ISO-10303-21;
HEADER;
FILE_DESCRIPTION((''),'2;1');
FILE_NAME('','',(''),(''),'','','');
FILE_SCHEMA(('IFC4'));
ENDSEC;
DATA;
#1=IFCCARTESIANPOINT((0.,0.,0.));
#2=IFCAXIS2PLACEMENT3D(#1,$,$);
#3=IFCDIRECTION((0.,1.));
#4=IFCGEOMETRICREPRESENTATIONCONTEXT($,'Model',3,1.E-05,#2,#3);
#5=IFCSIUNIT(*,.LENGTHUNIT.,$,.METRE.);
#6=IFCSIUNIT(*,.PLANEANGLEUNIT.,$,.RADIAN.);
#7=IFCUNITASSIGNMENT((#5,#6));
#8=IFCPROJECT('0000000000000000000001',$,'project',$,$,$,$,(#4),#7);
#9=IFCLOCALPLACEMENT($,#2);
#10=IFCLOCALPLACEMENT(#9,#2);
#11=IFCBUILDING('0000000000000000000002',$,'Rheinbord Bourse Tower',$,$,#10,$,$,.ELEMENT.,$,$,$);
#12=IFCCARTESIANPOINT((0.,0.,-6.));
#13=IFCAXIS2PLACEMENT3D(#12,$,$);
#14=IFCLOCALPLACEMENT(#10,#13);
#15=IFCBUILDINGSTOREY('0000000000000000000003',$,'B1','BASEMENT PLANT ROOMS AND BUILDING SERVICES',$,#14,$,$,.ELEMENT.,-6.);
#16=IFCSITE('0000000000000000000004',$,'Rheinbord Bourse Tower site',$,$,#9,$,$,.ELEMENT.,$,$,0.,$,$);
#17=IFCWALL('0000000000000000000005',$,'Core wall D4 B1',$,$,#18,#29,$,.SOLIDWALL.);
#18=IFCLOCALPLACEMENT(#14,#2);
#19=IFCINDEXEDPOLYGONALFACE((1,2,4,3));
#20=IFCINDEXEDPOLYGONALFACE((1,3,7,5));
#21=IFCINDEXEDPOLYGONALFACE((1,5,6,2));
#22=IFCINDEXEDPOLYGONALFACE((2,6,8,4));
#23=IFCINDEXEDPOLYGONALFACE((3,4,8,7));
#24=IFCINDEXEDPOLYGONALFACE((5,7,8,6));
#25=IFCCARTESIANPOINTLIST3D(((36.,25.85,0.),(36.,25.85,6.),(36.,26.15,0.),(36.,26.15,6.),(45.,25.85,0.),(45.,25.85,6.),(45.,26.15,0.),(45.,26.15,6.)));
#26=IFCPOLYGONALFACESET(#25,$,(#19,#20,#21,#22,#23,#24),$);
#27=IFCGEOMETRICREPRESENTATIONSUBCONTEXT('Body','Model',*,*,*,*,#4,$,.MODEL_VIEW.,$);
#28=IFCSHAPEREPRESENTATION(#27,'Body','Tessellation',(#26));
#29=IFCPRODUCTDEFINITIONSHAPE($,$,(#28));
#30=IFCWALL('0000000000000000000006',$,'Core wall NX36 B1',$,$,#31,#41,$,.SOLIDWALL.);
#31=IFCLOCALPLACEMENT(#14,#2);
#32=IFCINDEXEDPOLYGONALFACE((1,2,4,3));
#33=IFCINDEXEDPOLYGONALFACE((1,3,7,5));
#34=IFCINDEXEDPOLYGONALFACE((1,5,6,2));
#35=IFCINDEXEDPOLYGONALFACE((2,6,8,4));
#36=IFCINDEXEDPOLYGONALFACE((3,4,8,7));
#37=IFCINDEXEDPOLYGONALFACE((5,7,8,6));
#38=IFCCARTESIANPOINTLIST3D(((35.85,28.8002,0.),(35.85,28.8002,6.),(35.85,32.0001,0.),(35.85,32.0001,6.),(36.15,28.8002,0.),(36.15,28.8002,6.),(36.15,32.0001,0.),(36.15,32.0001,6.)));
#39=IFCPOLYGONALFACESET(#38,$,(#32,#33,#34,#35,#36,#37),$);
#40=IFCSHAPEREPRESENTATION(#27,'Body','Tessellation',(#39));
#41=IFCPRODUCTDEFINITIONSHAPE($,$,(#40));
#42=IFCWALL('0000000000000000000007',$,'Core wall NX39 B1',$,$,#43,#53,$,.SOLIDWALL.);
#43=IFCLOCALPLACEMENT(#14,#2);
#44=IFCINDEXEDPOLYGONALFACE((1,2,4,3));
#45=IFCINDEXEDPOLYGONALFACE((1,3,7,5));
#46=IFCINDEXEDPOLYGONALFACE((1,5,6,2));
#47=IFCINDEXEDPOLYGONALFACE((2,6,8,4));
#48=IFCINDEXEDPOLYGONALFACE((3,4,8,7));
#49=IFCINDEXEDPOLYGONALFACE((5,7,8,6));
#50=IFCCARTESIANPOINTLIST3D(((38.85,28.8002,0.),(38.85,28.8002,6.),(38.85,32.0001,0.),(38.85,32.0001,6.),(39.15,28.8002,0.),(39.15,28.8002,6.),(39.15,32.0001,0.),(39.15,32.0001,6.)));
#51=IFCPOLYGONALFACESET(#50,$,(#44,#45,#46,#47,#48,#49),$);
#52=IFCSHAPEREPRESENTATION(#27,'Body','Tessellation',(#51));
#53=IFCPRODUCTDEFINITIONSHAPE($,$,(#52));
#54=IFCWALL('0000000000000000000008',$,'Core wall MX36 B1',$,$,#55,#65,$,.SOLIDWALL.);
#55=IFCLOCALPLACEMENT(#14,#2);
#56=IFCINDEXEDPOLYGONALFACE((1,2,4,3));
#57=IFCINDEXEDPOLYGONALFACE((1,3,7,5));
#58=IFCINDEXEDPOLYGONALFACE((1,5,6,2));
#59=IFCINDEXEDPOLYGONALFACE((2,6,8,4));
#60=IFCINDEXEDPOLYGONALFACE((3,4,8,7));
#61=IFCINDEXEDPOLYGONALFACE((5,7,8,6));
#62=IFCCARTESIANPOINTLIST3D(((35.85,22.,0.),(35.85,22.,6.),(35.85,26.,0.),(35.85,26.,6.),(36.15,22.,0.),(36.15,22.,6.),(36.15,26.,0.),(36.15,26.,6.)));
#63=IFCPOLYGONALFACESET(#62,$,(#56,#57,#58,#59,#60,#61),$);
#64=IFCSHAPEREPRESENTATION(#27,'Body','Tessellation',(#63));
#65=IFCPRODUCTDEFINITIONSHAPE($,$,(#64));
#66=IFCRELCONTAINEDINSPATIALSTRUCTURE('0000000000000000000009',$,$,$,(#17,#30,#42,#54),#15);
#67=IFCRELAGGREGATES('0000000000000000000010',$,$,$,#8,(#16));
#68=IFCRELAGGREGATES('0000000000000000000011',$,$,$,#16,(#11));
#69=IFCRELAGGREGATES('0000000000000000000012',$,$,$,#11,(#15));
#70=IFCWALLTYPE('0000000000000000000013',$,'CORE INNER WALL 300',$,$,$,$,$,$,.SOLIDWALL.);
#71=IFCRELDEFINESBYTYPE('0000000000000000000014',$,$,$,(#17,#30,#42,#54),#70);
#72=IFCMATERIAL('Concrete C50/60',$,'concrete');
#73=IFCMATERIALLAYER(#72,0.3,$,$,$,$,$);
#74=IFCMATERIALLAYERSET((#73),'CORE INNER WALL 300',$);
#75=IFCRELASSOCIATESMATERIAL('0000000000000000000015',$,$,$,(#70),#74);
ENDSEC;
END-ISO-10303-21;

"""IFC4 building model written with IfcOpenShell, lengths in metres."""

from ifc_helpers import new_model, si_unit, direction, frame, frame_2d, origin, place, context, subcontext, project, spatial, rectangle, extrude, material, layer, layer_set, type_object, element, save


model = new_model("IFC4")

# Units and contexts
model_context = context("Model", 3, precision=1e-05, world=origin(), true_north=direction((0.0, 1.0)))
body_context = subcontext(model_context, "Body", "Model", "MODEL_VIEW")
ifc_project = project(units=[si_unit("LENGTHUNIT", "METRE"), si_unit("PLANEANGLEUNIT", "RADIAN")], contexts=[model_context])

# Site, building, storey
site_placement = place(None, origin())
site = spatial("IfcSite", under=ifc_project, at=site_placement, Name="Rheinbord Bourse Tower site", CompositionType="ELEMENT", RefElevation=0.0)
building_placement = place(site_placement, origin())
building = spatial("IfcBuilding", under=site, at=building_placement, Name="Rheinbord Bourse Tower", CompositionType="ELEMENT")
storey_placement = place(building_placement, frame((0.0, 0.0, -6.0)))
storey = spatial("IfcBuildingStorey", under=building, at=storey_placement, Name="B1", Description="BASEMENT PLANT ROOMS AND BUILDING SERVICES", CompositionType="ELEMENT", Elevation=-6.0)

# Shared definitions
ifc_material_1 = material(Name="Concrete C50/60", Category="concrete")
ifc_layer = layer(ifc_material_1, 0.3)
ifc_layer_set = layer_set([ifc_layer], Name="CORE INNER WALL 300")
wall_type = type_object("IfcWallType", Name="CORE INNER WALL 300", PredefinedType="SOLIDWALL", material=ifc_layer_set)

# Walls
wall_1_placement = place(storey_placement, frame((36.0, 26.0, 0.0), z_axis=(0.0, 0.0, 1.0), x_axis=(1.0, 0.0, 0.0)))
element("IfcWall", 1, at=wall_1_placement, inside=storey, type_object=wall_type, Name="Core wall D4 B1", PredefinedType="SOLIDWALL", context=body_context, shape_type="SweptSolid", body=[
    extrude(rectangle(XDim=9.0, YDim=0.3, at=frame_2d((4.5, 0.0))), origin(), (0.0, 0.0, 1.0), 6.0),
])
for number, where, z_axis, x_axis, name in (
    (2, (36.0, 28.8, 0.0), (0.0, 0.0, 1.0), (0.0, 1.0, 0.0), "Core wall NX36 B1"),
    (3, (39.0, 28.8, 0.0), (0.0, 0.0, 1.0), (0.0, 1.0, 0.0), "Core wall NX39 B1"),
):
    element("IfcWall", number, at=place(storey_placement, frame(where, z_axis=z_axis, x_axis=x_axis)), inside=storey, type_object=wall_type, Name=name, PredefinedType="SOLIDWALL", context=body_context, shape_type="SweptSolid", body=[
        extrude(rectangle(XDim=3.2, YDim=0.3, at=frame_2d((1.6001, 0.0))), origin(), (0.0, 0.0, 1.0), 6.0),
    ])
wall_2_placement = place(storey_placement, frame((36.0, 22.0, 0.0), z_axis=(0.0, 0.0, 1.0), x_axis=(0.0, 1.0, 0.0)))
element("IfcWall", 4, at=wall_2_placement, inside=storey, type_object=wall_type, Name="Core wall MX36 B1", PredefinedType="SOLIDWALL", context=body_context, shape_type="SweptSolid", body=[
    extrude(rectangle(XDim=4.0, YDim=0.3, at=frame_2d((2.0, 0.0))), origin(), (0.0, 0.0, 1.0), 6.0),
])

save(model, "model.ifc")
